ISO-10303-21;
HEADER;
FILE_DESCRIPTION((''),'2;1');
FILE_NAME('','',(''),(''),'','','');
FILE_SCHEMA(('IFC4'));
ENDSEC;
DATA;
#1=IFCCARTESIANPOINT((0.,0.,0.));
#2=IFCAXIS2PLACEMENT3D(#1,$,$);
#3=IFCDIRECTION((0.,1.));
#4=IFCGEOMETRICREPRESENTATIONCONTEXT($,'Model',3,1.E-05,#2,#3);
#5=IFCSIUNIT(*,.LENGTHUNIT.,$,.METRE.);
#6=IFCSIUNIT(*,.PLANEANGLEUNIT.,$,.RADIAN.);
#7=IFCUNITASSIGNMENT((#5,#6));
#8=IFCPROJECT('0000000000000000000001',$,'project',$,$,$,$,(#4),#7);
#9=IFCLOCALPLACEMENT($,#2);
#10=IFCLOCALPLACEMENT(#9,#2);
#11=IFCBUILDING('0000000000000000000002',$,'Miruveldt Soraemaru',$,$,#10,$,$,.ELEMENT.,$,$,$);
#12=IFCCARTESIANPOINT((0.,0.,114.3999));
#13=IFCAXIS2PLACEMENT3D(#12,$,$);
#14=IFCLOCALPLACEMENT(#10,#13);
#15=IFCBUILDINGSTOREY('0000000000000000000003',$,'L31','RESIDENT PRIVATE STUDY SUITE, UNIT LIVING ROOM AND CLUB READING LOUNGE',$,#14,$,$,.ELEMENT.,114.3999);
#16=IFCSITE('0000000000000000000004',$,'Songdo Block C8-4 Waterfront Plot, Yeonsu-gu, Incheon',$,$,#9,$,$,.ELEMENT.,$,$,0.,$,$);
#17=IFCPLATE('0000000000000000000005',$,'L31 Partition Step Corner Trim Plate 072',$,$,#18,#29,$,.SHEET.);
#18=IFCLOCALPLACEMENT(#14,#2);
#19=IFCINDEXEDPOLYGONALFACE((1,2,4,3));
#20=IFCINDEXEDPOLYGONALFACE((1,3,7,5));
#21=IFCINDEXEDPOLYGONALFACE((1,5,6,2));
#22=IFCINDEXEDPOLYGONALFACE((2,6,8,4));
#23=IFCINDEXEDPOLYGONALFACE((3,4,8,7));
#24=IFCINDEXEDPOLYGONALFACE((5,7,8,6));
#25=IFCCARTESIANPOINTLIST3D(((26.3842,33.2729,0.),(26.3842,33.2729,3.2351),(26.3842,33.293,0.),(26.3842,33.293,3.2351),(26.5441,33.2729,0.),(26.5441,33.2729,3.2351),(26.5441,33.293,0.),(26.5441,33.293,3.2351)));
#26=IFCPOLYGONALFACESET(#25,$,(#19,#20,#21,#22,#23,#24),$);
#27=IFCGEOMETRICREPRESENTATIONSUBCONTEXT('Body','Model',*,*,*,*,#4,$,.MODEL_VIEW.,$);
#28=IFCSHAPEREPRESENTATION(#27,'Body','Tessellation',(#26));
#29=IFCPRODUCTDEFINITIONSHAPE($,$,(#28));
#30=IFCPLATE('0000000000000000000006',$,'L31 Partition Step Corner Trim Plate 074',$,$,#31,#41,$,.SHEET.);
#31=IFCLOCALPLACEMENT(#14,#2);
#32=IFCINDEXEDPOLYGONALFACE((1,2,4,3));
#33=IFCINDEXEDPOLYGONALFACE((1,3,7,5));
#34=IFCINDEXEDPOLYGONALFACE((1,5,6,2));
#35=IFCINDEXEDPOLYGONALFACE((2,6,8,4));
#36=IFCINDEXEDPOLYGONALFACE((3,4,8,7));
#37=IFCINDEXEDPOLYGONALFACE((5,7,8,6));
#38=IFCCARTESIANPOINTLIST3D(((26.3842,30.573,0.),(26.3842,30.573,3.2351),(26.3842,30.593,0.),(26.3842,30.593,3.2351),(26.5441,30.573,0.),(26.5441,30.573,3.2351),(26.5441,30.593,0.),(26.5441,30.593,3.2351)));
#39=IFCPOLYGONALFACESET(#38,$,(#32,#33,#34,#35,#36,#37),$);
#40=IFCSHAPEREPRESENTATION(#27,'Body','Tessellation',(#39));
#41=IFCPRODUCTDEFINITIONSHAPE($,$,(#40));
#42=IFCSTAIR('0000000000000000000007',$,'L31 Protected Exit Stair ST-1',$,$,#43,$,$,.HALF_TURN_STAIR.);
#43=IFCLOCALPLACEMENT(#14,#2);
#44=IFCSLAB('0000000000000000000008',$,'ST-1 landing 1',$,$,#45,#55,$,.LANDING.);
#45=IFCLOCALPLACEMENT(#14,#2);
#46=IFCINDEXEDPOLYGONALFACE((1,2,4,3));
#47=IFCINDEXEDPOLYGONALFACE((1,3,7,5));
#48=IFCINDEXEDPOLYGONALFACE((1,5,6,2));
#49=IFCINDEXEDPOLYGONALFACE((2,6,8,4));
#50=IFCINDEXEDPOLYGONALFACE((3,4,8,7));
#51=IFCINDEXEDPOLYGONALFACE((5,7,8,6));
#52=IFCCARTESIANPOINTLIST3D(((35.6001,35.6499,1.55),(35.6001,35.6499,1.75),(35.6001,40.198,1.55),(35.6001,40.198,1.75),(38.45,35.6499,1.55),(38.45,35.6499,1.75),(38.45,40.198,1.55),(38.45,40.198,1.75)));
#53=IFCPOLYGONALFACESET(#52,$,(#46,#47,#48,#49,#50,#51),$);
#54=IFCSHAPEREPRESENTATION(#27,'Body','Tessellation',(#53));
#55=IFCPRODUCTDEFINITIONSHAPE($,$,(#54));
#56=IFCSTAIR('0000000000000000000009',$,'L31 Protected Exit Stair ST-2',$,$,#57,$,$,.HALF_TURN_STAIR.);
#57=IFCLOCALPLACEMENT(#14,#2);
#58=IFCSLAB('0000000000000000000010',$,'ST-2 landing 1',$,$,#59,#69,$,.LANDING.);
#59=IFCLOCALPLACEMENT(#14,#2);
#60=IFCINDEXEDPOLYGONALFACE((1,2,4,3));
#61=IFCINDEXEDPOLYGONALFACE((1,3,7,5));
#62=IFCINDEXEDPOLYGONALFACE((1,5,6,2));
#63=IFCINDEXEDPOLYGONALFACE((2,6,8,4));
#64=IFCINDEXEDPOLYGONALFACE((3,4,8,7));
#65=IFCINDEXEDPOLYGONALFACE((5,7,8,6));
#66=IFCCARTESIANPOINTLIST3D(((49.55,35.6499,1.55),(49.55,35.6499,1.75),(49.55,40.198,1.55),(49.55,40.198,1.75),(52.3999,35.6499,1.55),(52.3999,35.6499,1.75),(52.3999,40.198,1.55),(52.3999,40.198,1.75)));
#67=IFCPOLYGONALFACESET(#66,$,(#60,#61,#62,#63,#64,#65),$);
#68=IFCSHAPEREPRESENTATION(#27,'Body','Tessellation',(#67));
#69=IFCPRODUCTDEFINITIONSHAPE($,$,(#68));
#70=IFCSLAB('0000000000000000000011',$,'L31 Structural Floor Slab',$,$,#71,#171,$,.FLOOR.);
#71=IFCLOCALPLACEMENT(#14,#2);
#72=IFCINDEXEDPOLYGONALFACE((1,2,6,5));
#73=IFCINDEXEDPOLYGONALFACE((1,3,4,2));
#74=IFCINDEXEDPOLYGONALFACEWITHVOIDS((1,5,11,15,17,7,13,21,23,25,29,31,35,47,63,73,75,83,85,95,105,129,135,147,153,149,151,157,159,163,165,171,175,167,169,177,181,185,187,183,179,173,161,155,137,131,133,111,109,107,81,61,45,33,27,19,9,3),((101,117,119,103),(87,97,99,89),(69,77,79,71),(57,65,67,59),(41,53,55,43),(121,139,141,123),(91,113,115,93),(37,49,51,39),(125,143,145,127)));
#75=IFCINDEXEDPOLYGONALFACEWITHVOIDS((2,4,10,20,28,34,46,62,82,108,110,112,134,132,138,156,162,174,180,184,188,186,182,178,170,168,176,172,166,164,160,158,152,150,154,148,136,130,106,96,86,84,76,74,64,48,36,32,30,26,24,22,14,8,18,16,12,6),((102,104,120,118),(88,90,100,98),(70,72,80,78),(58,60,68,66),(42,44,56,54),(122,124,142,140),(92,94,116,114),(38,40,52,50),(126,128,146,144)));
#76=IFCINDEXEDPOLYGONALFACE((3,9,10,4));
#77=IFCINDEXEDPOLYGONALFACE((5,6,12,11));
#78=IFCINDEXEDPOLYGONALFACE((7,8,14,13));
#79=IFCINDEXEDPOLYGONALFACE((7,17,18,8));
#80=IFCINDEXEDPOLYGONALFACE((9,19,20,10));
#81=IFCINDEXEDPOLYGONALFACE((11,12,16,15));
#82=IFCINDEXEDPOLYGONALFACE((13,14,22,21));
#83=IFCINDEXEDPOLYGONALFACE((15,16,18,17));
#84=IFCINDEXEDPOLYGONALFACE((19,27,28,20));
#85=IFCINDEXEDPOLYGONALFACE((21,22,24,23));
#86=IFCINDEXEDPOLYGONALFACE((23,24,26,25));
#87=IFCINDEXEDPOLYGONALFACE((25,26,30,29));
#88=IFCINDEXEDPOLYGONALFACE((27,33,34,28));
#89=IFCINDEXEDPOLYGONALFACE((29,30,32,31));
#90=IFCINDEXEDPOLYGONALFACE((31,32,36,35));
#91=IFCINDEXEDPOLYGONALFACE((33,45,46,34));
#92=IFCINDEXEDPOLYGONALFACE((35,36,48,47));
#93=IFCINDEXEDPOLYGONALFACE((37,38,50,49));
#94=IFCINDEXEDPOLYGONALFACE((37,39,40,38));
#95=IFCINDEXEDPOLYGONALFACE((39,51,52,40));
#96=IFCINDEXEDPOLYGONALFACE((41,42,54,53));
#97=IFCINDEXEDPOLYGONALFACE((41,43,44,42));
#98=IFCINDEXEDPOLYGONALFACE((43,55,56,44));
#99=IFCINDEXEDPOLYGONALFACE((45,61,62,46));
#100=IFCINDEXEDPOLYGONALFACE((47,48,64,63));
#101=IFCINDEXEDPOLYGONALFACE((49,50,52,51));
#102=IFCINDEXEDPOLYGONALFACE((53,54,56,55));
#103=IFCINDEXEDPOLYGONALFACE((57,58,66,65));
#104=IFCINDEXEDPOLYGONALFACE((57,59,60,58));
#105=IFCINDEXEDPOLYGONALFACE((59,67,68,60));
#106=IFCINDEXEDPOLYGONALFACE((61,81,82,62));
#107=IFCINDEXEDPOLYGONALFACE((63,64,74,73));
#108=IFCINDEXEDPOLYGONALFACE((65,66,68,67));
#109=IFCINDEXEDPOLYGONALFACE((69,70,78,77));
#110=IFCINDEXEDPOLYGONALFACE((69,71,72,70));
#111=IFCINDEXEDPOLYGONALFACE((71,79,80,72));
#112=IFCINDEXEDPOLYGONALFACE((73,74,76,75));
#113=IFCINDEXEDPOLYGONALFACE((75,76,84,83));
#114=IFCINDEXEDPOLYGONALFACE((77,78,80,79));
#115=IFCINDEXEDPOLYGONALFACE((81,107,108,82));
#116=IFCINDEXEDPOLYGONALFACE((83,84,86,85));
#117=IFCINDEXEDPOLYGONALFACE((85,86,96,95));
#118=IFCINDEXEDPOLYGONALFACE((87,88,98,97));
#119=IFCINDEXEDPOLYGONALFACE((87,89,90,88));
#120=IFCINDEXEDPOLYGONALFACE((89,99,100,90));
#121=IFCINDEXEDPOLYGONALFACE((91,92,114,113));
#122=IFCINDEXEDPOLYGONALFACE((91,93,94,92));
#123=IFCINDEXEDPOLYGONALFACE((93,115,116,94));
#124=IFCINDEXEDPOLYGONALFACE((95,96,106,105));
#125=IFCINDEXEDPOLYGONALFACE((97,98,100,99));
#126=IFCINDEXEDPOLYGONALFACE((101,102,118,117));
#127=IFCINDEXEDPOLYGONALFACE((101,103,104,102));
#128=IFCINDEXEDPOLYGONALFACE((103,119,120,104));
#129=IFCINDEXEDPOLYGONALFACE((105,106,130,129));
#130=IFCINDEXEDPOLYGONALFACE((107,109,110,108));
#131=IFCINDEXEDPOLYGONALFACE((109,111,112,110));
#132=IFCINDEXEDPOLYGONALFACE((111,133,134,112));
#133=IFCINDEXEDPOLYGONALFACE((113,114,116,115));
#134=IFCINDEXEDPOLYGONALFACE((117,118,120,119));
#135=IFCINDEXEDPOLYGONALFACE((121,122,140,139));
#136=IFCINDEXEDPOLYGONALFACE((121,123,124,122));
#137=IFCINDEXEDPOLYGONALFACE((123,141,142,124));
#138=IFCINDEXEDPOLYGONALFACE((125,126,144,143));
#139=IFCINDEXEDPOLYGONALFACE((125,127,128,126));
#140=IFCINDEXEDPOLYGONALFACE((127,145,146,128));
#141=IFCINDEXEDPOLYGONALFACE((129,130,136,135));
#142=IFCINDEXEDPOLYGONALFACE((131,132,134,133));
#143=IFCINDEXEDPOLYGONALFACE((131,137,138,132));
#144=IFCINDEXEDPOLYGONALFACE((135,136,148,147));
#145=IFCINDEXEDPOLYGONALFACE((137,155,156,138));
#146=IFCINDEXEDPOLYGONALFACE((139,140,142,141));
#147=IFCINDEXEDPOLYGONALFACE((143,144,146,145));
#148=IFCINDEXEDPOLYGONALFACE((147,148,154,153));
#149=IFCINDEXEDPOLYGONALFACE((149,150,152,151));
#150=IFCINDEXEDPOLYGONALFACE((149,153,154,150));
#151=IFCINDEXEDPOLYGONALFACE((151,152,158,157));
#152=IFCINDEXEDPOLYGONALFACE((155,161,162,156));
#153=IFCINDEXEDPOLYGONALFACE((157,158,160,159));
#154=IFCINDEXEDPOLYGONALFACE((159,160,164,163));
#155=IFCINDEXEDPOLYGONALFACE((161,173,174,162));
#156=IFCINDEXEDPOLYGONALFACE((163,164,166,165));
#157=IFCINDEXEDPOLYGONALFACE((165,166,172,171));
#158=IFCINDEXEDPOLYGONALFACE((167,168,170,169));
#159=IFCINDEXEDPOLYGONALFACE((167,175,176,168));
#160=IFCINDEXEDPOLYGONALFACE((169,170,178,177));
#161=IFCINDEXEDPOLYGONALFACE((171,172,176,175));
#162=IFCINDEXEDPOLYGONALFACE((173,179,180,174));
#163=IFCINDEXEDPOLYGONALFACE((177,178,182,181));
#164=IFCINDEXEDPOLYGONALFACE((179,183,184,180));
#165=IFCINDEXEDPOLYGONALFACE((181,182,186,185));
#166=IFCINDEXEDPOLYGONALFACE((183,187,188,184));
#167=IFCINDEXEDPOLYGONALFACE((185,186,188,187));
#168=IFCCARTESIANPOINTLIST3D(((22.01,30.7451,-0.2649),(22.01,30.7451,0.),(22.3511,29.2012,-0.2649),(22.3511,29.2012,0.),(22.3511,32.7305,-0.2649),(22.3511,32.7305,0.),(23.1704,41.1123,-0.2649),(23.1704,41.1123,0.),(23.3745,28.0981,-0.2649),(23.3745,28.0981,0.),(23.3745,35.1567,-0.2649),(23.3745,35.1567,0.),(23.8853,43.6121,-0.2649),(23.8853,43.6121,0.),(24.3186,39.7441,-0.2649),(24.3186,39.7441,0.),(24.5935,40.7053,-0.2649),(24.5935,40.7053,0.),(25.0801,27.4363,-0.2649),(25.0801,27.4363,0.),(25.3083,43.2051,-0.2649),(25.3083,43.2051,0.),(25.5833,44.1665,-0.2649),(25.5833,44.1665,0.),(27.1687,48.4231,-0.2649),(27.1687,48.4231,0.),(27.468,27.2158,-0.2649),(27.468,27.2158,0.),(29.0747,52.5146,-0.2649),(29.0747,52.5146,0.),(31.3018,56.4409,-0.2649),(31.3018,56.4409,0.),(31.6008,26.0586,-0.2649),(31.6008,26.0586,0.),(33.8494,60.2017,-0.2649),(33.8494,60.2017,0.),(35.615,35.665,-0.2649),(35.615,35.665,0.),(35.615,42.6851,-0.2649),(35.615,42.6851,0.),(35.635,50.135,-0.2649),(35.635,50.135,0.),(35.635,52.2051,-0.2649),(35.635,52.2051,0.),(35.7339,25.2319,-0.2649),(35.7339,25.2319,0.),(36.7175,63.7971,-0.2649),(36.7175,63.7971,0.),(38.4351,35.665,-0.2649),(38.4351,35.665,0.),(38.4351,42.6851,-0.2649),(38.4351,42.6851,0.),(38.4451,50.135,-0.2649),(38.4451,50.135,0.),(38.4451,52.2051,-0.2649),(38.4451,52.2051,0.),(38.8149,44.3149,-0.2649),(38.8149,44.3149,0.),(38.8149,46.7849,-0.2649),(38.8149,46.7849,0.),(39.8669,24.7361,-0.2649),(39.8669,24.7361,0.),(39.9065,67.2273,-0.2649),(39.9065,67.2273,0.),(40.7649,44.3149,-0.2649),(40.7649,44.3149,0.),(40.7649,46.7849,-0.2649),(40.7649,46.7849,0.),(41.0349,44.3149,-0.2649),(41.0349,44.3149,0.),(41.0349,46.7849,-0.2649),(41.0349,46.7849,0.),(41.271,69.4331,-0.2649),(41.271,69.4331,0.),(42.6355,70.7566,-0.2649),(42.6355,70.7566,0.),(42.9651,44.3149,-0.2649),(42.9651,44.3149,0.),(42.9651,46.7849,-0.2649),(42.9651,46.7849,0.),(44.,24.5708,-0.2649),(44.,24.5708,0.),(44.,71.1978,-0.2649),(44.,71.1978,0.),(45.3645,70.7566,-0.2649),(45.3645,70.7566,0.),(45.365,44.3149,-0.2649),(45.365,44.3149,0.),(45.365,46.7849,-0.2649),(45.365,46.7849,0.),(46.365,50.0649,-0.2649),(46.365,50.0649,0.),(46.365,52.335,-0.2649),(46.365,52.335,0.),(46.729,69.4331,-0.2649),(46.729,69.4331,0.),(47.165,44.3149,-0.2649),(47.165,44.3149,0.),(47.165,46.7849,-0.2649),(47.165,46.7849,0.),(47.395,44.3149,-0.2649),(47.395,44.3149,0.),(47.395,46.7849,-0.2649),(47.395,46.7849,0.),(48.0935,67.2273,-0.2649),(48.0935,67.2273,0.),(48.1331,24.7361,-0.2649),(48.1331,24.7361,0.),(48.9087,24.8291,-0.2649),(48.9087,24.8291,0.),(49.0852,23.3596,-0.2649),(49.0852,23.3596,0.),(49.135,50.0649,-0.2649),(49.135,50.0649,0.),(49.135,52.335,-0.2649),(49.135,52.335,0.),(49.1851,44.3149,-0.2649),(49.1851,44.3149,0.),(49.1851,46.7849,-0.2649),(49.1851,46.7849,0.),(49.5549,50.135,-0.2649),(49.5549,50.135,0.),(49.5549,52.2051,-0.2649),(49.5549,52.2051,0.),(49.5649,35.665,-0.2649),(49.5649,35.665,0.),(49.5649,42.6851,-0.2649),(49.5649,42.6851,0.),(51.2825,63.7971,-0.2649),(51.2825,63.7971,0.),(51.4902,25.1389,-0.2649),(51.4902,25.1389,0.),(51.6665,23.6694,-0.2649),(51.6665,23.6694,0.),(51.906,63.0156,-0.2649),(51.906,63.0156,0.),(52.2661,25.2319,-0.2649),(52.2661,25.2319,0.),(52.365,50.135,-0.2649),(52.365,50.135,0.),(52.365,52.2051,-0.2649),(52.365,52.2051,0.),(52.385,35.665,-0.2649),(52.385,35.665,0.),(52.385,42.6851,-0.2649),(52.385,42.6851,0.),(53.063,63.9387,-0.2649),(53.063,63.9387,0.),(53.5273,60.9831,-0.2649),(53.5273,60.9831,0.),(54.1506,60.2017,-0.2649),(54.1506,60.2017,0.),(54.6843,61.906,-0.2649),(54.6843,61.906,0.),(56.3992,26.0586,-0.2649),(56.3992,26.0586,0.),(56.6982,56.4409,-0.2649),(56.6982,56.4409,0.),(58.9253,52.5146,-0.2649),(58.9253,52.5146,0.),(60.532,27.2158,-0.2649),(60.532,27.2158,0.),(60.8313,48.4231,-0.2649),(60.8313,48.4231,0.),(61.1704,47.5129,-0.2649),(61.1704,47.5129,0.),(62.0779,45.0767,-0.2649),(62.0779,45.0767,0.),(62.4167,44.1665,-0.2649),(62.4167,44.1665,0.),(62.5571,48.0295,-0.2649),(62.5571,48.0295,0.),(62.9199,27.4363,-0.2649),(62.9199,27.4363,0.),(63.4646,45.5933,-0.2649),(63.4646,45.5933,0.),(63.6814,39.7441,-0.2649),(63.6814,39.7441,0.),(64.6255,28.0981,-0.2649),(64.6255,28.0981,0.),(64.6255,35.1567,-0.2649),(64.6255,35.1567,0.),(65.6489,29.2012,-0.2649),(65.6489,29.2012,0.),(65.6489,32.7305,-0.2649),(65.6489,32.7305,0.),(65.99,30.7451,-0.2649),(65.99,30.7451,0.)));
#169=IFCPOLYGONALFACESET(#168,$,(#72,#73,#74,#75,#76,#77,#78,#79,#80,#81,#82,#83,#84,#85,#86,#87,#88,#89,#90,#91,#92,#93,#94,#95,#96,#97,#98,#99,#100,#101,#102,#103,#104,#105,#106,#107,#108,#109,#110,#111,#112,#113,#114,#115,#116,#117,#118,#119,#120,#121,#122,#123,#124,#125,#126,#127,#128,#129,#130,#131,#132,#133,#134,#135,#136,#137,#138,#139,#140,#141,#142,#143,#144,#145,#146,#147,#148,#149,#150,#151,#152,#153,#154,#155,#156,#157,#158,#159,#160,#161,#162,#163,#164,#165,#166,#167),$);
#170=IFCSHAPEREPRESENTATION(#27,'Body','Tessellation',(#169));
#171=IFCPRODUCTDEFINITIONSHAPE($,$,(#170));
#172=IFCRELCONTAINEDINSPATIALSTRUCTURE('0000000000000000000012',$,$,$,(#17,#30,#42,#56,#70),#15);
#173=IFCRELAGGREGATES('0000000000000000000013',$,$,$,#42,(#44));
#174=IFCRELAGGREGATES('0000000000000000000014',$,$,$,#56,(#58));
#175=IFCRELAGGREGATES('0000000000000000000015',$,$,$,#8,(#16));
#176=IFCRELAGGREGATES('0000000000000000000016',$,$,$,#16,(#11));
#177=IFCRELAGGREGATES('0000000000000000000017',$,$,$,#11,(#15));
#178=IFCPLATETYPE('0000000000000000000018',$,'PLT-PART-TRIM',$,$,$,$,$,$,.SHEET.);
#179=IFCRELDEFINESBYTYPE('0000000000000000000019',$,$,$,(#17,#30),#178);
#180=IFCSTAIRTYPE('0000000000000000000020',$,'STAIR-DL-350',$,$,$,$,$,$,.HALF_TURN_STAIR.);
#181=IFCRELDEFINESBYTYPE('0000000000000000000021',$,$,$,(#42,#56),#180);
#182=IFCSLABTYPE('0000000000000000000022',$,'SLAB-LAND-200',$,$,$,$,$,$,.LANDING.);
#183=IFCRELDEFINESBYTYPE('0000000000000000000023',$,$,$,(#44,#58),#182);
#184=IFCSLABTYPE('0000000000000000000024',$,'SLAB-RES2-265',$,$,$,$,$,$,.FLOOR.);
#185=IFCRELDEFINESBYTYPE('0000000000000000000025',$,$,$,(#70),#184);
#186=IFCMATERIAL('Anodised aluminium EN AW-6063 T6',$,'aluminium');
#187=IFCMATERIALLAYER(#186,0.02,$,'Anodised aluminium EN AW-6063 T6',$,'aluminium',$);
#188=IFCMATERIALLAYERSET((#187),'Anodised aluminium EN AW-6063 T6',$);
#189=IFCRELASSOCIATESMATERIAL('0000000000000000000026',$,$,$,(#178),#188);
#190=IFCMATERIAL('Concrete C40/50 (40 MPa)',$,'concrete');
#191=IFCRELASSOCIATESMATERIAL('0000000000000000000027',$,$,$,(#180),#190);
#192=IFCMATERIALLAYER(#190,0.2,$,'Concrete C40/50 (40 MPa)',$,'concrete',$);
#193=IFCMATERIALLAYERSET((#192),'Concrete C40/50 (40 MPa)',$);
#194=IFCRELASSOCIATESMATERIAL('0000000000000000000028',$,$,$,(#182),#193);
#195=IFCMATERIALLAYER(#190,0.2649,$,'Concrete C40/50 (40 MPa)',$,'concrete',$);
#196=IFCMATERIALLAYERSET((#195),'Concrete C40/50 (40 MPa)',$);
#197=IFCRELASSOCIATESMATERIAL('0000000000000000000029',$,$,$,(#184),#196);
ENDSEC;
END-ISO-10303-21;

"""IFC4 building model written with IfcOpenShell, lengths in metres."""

from ifc_helpers import new_model, si_unit, direction, frame, origin, origin_2d, place, context, subcontext, project, spatial, polyline, rectangle, outline, extrude, material, layer, layer_set, type_object, element, aggregate, save


model = new_model("IFC4")

# Units and contexts
model_context = context("Model", 3, precision=1e-05, world=origin(), true_north=direction((0.0, 1.0)))
body_context = subcontext(model_context, "Body", "Model", "MODEL_VIEW")
ifc_project = project(units=[si_unit("LENGTHUNIT", "METRE"), si_unit("PLANEANGLEUNIT", "RADIAN")], contexts=[model_context])

# Site, building, storey
site_placement = place(None, origin())
site = spatial("IfcSite", under=ifc_project, at=site_placement, Name="Songdo Block C8-4 Waterfront Plot, Yeonsu-gu, Incheon", CompositionType="ELEMENT", RefElevation=0.0)
building_placement = place(site_placement, origin())
building = spatial("IfcBuilding", under=site, at=building_placement, Name="Miruveldt Soraemaru", CompositionType="ELEMENT")
storey_placement = place(building_placement, frame((0.0, 0.0, 114.3999)))
storey = spatial("IfcBuildingStorey", under=building, at=storey_placement, Name="L31", Description="RESIDENT PRIVATE STUDY SUITE, UNIT LIVING ROOM AND CLUB READING LOUNGE", CompositionType="ELEMENT", Elevation=114.3999)

# Plates
ifc_material_1 = material(Name="Anodised aluminium EN AW-6063 T6", Category="aluminium")
ifc_layer_1 = layer(ifc_material_1, 0.02, Name="Anodised aluminium EN AW-6063 T6", Category="aluminium")
ifc_layer_set_1 = layer_set([ifc_layer_1], Name="Anodised aluminium EN AW-6063 T6")
plate_type = type_object("IfcPlateType", Name="PLT-PART-TRIM", PredefinedType="SHEET", material=ifc_layer_set_1)
for number, where, z_axis, x_axis, name in (
    (1, (26.4641, 33.283, 0.0), (0.0, 0.0, 1.0), (-1.0, 0.0, 0.0), "L31 Partition Step Corner Trim Plate 072"),
    (2, (26.4641, 30.583, 0.0), (0.0, 0.0, 1.0), (1.0, 0.0, 0.0), "L31 Partition Step Corner Trim Plate 074"),
):
    element("IfcPlate", number, at=place(storey_placement, frame(where, z_axis=z_axis, x_axis=x_axis)), inside=storey, type_object=plate_type, Name=name, PredefinedType="SHEET", context=body_context, shape_type="SweptSolid", body=[
        extrude(rectangle(XDim=0.1599, YDim=0.02, at=origin_2d()), origin(), (0.0, 0.0, 1.0), 3.2351),
    ])

# Stairs, slabs
ifc_material_2 = material(Name="Concrete C40/50 (40 MPa)", Category="concrete")
stair_type = type_object("IfcStairType", Name="STAIR-DL-350", PredefinedType="HALF_TURN_STAIR", material=ifc_material_2)
stair_1_placement = place(storey_placement, origin())
stair_1 = element("IfcStair", 3, at=stair_1_placement, inside=storey, type_object=stair_type, Name="L31 Protected Exit Stair ST-1", PredefinedType="HALF_TURN_STAIR")
ifc_layer_2 = layer(ifc_material_2, 0.2, Name="Concrete C40/50 (40 MPa)", Category="concrete")
ifc_layer_set_2 = layer_set([ifc_layer_2], Name="Concrete C40/50 (40 MPa)")
slab_type_1 = type_object("IfcSlabType", Name="SLAB-LAND-200", PredefinedType="LANDING", material=ifc_layer_set_2)
slab_1_placement = place(storey_placement, frame((0.0, 0.0, 1.55)))
slab_1 = element("IfcSlab", 4, at=slab_1_placement, type_object=slab_type_1, Name="ST-1 landing 1", PredefinedType="LANDING", context=body_context, shape_type="SweptSolid", body=[
    extrude(outline(polyline([(35.6001, 40.198), (35.6001, 35.6499), (38.45, 35.6499), (38.45, 40.198), (35.6001, 40.198)])), origin(), (0.0, 0.0, 1.0), 0.2),
])
aggregate(stair_1, [slab_1])
stair_2_placement = place(storey_placement, origin())
stair_2 = element("IfcStair", 5, at=stair_2_placement, inside=storey, type_object=stair_type, Name="L31 Protected Exit Stair ST-2", PredefinedType="HALF_TURN_STAIR")
slab_2_placement = place(storey_placement, frame((0.0, 0.0, 1.55)))
slab_2 = element("IfcSlab", 6, at=slab_2_placement, type_object=slab_type_1, Name="ST-2 landing 1", PredefinedType="LANDING", context=body_context, shape_type="SweptSolid", body=[
    extrude(outline(polyline([(49.55, 40.198), (49.55, 35.6499), (52.3999, 35.6499), (52.3999, 40.198), (49.55, 40.198)])), origin(), (0.0, 0.0, 1.0), 0.2),
])
aggregate(stair_2, [slab_2])

# Slab
ifc_layer_3 = layer(ifc_material_2, 0.2649, Name="Concrete C40/50 (40 MPa)", Category="concrete")
ifc_layer_set_3 = layer_set([ifc_layer_3], Name="Concrete C40/50 (40 MPa)")
slab_type_2 = type_object("IfcSlabType", Name="SLAB-RES2-265", PredefinedType="FLOOR", material=ifc_layer_set_3)
slab_3_placement = place(storey_placement, frame((0.0, 0.0, -0.2649)))
element("IfcSlab", 7, at=slab_3_placement, inside=storey, type_object=slab_type_2, Name="L31 Structural Floor Slab", PredefinedType="FLOOR", context=body_context, shape_type="SweptSolid", body=[
    extrude(outline(polyline([(25.5833, 44.1665), (27.1687, 48.4231), (29.0747, 52.5146), (31.3018, 56.4409), (33.8494, 60.2017), (36.7175, 63.7971), (39.9065, 67.2273), (41.271, 69.4331), (42.6355, 70.7566), (44.0, 71.1978), (45.3645, 70.7566), (46.729, 69.4331), (48.0935, 67.2273), (51.2825, 63.7971), (51.906, 63.0156), (53.063, 63.9387), (54.6843, 61.906), (53.5273, 60.9832), (52.7166, 61.9995), (54.1506, 60.2017), (56.6982, 56.4409), (58.9253, 52.5146), (60.8313, 48.4231), (61.1704, 47.5129), (62.5571, 48.0295), (63.4646, 45.5933), (62.0779, 45.0767), (62.4167, 44.1665), (63.6814, 39.7441), (64.6255, 35.1567), (65.6489, 32.7305), (65.99, 30.7451), (65.6489, 29.2012), (64.6255, 28.0981), (62.9199, 27.4363), (60.532, 27.2158), (56.3992, 26.0586), (52.2661, 25.2319), (51.4902, 25.1389), (51.6665, 23.6694), (49.0852, 23.3596), (48.9087, 24.8291), (50.1995, 24.9839), (48.1331, 24.7361), (44.0, 24.5708), (39.8669, 24.7361), (35.7339, 25.2319), (31.6008, 26.0586), (27.468, 27.2158), (25.0801, 27.4363), (23.3745, 28.0981), (22.3511, 29.2012), (22.01, 30.7451), (22.3511, 32.7305), (23.3745, 35.1567), (24.3186, 39.7441), (24.5935, 40.7053), (23.1704, 41.1123), (23.8853, 43.6121), (25.3083, 43.2051), (25.5833, 44.1665)]), holes=[polyline([(35.615, 35.665), (38.4351, 35.665), (38.4351, 42.6851), (35.615, 42.6851), (35.615, 35.665)]), polyline([(49.5649, 35.665), (52.385, 35.665), (52.385, 42.6851), (49.5649, 42.6851), (49.5649, 35.665)]), polyline([(40.7649, 44.3149), (40.7649, 46.7849), (38.8149, 46.7849), (38.8149, 44.3149), (40.7649, 44.3149)]), polyline([(42.9651, 44.3149), (42.9651, 46.7849), (41.0349, 46.7849), (41.0349, 44.3149), (42.9651, 44.3149)]), polyline([(47.165, 44.3149), (47.165, 46.7849), (45.365, 46.7849), (45.365, 44.3149), (47.165, 44.3149)]), polyline([(49.1851, 44.3149), (49.1851, 46.7849), (47.395, 46.7849), (47.395, 44.3149), (49.1851, 44.3149)]), polyline([(38.4451, 50.135), (38.4451, 52.2051), (35.635, 52.2051), (35.635, 50.135), (38.4451, 50.135)]), polyline([(49.5549, 50.135), (52.365, 50.135), (52.365, 52.2051), (49.5549, 52.2051), (49.5549, 50.135)]), polyline([(46.365, 50.0649), (49.135, 50.0649), (49.135, 52.335), (46.365, 52.335), (46.365, 50.0649)])]), origin(), (0.0, 0.0, 1.0), 0.2649),
])

save(model, "model.ifc")
